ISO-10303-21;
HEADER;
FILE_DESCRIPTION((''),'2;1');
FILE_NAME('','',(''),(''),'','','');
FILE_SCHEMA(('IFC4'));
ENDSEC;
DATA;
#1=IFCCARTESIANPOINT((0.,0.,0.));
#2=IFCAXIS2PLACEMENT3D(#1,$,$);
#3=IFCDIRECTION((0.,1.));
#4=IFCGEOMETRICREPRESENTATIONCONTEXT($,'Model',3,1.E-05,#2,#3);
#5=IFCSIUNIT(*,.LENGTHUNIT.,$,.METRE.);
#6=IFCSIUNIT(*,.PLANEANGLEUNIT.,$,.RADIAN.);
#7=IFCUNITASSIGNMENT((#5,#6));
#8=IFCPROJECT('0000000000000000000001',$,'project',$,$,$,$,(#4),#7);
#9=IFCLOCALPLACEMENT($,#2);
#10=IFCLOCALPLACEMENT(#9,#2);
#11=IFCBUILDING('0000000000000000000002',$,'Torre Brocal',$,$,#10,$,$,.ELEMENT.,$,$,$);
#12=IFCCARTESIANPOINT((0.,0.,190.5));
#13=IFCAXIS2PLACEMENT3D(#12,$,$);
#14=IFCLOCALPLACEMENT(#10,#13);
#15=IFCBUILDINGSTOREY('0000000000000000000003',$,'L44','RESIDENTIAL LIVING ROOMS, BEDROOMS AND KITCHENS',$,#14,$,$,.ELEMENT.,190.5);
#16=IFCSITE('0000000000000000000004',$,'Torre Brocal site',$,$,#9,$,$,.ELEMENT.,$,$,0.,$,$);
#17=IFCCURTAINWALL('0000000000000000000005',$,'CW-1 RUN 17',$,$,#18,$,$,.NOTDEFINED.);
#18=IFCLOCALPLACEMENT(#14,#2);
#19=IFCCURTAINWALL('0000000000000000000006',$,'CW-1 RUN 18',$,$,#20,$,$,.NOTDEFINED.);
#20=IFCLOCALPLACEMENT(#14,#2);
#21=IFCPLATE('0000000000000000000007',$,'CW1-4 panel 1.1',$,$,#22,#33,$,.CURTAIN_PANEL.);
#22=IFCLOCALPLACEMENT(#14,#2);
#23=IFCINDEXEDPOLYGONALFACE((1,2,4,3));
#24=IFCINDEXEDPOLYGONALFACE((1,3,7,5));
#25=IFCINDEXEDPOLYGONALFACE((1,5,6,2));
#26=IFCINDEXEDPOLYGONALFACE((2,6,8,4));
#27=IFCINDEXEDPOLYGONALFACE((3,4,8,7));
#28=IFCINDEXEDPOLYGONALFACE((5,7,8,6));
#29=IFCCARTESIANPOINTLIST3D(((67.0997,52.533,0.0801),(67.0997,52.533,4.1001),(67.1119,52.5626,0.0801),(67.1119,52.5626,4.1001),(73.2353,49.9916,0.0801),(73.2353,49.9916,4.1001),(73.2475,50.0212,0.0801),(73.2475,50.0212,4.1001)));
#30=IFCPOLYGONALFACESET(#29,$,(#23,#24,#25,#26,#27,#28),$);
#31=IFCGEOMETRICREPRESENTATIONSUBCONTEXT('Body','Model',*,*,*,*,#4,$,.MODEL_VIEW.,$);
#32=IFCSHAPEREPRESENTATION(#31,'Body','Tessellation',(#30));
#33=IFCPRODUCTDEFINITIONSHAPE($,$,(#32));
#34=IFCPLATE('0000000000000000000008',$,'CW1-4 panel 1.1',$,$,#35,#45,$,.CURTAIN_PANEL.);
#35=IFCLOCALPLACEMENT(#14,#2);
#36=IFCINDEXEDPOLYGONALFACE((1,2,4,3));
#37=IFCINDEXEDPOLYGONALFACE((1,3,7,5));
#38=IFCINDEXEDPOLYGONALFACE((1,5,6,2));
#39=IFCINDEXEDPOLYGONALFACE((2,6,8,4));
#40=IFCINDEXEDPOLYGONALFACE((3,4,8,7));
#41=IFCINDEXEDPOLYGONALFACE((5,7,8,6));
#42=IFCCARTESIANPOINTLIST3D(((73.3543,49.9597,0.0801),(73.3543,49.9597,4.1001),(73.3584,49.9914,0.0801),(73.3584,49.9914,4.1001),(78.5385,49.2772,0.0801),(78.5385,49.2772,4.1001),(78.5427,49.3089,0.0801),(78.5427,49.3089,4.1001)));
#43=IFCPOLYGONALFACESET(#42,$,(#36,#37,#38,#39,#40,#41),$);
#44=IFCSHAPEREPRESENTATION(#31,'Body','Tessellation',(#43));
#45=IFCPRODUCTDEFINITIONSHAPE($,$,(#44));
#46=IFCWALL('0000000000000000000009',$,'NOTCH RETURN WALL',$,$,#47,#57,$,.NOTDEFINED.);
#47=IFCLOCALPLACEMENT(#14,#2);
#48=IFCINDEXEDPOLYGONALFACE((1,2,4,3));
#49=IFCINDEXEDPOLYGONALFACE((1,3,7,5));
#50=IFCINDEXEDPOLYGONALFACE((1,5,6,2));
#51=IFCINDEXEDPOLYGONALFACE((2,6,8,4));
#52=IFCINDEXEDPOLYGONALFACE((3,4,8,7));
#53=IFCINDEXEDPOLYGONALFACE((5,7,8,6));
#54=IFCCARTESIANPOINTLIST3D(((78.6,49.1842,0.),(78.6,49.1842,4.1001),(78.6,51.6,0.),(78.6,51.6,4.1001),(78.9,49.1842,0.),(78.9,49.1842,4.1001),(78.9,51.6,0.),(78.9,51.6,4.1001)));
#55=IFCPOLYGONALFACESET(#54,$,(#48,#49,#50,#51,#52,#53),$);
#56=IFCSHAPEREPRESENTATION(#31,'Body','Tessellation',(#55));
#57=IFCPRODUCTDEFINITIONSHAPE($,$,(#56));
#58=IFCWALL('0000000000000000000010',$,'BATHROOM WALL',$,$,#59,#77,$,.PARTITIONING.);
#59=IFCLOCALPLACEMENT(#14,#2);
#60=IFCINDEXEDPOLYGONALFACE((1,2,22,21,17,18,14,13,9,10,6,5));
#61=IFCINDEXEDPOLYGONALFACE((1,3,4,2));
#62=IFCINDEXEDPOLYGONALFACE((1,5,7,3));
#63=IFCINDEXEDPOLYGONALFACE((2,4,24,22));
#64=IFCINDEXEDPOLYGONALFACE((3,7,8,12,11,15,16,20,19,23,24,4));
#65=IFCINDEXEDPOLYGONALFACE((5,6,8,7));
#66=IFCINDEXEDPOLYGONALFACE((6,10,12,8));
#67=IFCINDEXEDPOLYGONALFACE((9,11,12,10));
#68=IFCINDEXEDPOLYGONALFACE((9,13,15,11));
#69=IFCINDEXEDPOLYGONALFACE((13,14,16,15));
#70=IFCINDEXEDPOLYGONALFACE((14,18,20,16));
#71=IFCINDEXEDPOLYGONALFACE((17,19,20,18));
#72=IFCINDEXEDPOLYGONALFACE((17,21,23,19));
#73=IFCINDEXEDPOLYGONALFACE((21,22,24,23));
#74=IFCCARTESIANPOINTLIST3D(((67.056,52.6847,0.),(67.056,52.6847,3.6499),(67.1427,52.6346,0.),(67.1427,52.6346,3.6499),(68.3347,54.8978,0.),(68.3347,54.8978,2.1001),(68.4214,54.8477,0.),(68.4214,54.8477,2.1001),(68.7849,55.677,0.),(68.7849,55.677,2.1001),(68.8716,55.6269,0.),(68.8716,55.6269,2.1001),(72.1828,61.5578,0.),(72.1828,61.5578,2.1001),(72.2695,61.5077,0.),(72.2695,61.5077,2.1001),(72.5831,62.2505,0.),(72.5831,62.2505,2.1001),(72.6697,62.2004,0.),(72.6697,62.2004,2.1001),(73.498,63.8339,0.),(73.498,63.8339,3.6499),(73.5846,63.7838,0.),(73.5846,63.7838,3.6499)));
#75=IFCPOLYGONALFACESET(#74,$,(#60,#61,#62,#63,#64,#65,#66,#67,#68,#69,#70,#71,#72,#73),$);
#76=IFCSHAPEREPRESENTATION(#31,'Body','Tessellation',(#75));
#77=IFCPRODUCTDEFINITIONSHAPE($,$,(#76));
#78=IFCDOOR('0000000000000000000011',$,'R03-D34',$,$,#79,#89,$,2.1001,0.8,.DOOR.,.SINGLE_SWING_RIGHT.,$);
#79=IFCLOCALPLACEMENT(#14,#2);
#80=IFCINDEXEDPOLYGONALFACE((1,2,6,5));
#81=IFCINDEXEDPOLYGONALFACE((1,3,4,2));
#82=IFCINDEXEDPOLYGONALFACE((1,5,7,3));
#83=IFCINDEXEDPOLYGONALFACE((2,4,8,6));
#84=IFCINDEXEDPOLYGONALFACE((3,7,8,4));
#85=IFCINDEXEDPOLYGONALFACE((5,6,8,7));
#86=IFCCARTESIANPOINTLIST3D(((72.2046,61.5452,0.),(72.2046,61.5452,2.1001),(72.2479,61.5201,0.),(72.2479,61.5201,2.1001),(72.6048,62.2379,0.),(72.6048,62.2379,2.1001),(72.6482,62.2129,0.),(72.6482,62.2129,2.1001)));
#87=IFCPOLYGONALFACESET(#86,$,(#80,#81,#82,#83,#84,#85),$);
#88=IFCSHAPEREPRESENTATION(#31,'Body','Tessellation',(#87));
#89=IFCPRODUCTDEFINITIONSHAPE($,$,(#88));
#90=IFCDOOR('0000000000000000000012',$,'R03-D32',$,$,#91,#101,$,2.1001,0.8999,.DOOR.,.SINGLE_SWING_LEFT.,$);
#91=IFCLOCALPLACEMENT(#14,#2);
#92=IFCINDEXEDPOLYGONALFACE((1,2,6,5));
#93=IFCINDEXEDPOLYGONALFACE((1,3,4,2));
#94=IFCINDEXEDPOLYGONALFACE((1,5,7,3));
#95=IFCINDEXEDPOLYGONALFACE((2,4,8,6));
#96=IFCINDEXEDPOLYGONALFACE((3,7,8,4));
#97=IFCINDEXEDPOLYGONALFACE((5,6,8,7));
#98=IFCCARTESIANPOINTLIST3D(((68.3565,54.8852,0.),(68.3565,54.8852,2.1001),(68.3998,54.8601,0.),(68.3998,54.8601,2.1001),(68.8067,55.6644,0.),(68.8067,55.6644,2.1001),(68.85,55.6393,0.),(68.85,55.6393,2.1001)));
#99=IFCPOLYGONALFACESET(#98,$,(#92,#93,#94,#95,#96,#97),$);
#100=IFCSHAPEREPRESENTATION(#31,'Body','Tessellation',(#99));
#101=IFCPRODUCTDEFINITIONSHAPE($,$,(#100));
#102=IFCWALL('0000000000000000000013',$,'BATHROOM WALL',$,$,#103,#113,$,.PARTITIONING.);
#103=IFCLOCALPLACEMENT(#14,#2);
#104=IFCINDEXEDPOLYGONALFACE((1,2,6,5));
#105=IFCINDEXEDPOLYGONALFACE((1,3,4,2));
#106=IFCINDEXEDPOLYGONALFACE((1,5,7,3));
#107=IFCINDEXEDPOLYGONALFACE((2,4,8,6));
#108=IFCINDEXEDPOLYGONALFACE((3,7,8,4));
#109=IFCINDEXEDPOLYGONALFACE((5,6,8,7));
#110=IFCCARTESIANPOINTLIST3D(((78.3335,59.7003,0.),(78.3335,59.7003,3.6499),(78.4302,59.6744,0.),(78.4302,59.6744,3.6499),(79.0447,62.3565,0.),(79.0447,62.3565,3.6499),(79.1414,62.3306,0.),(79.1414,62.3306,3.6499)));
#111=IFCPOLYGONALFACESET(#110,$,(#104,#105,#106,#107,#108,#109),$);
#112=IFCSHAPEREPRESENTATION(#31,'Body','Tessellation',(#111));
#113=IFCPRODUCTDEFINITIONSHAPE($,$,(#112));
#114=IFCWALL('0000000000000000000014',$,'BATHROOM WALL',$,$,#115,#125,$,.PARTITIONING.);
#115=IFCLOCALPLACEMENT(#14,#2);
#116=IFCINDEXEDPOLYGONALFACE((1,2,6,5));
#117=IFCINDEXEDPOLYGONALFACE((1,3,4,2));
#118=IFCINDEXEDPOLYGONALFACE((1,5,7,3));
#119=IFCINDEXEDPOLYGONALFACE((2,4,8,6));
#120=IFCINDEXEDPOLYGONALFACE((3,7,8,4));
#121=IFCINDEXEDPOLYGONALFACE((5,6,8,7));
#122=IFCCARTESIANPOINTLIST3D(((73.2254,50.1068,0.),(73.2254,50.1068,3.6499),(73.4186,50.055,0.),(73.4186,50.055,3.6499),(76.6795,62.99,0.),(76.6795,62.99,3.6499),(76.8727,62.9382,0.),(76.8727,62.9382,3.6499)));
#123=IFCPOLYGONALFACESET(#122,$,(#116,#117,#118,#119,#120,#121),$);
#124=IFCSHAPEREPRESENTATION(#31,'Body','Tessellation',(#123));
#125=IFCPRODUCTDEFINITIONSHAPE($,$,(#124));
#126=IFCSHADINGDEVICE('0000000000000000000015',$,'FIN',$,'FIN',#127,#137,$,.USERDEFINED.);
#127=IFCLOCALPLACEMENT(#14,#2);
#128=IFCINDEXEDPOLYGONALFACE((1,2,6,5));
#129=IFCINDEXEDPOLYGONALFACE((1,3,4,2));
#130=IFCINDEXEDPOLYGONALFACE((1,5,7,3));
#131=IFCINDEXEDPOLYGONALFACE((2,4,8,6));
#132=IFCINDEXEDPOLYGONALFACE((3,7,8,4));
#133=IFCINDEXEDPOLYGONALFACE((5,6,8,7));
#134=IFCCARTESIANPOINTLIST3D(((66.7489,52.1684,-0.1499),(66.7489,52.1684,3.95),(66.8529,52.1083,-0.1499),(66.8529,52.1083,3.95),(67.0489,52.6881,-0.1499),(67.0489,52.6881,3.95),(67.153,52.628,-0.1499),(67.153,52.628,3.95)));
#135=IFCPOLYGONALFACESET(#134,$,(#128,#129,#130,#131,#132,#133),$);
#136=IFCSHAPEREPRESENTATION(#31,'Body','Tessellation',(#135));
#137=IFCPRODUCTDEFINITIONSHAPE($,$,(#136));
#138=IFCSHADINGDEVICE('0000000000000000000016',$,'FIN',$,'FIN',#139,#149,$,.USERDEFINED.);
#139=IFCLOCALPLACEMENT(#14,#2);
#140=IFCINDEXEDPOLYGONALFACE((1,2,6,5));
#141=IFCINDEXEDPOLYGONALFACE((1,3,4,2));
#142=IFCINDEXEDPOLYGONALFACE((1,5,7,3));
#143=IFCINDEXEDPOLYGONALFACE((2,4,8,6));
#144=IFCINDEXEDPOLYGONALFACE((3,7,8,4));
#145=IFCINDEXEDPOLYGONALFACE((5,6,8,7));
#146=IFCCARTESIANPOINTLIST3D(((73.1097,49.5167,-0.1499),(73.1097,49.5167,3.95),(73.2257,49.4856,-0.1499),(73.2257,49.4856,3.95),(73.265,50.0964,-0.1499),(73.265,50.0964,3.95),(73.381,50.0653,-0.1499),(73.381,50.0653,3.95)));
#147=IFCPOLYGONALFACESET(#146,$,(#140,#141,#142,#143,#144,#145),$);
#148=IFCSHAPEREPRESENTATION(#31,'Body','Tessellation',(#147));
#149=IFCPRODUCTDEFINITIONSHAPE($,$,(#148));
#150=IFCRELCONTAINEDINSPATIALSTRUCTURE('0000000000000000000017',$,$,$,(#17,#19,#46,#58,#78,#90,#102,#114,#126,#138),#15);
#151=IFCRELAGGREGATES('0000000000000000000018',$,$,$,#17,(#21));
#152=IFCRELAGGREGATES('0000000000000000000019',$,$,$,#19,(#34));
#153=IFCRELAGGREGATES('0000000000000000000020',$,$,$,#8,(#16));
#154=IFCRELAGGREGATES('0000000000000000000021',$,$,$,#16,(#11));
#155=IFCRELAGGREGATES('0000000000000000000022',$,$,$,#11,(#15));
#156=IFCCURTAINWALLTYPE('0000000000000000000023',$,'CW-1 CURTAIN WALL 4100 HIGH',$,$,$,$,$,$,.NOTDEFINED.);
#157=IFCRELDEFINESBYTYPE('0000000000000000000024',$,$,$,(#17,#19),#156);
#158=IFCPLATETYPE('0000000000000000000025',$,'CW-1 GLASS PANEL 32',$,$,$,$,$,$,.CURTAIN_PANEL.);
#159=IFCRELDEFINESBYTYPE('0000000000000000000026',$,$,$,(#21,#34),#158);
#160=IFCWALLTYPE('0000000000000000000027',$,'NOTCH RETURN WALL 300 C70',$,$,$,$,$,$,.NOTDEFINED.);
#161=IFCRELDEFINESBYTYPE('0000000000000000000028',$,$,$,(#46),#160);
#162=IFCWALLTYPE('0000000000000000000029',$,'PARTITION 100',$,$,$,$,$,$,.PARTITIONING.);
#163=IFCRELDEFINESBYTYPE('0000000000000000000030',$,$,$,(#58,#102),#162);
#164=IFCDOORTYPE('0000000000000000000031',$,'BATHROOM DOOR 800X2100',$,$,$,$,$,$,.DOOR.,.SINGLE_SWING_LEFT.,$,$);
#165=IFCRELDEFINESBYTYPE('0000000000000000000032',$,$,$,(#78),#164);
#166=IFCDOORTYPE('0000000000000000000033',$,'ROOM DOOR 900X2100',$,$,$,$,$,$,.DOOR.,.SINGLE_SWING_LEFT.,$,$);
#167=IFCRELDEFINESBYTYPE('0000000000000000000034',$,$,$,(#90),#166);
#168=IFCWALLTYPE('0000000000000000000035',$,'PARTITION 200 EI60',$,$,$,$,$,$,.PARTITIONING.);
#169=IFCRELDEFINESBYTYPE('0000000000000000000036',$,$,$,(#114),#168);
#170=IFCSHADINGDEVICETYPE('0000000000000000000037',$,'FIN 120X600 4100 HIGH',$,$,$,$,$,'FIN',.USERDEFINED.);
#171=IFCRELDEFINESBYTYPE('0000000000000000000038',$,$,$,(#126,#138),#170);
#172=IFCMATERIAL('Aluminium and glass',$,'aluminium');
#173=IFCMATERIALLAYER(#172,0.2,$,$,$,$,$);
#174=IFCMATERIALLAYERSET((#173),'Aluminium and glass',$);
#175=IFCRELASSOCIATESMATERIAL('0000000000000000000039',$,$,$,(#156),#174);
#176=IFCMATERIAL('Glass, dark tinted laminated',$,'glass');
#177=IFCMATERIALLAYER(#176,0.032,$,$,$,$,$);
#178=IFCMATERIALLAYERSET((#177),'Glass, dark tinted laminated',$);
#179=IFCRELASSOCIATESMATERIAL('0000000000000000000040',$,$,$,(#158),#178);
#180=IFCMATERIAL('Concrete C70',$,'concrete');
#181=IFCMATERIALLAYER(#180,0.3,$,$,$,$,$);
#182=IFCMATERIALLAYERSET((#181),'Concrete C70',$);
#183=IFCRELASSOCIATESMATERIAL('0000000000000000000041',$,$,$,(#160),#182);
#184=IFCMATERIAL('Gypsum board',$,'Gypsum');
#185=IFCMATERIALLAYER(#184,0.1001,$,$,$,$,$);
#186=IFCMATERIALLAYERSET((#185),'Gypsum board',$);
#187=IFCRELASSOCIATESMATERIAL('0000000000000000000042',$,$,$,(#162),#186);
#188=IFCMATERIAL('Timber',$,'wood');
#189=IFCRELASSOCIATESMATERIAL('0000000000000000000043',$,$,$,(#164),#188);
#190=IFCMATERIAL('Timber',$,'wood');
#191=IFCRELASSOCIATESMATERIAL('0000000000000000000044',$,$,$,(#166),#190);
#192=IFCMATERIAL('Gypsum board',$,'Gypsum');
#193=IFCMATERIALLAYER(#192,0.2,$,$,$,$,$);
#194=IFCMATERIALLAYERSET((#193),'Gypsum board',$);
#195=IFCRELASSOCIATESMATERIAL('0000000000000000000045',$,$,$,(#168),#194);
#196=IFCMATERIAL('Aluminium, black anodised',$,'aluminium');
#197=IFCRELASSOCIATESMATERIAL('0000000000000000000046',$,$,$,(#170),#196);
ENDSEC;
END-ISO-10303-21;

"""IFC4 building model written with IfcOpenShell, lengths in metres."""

from ifc_helpers import new_model, si_unit, direction, frame, frame_2d, origin, origin_2d, place, context, subcontext, project, spatial, rectangle, extrude, material, layer, layer_set, material_profile, profile_set, type_object, element, fill, aggregate, save


model = new_model("IFC4")

# Units and contexts
model_context = context("Model", 3, precision=1e-05, world=origin(), true_north=direction((0.0, 1.0)))
body_context = subcontext(model_context, "Body", "Model", "MODEL_VIEW")
ifc_project = project(units=[si_unit("LENGTHUNIT", "METRE"), si_unit("PLANEANGLEUNIT", "RADIAN")], contexts=[model_context])

# Site, building, storey
site_placement = place(None, origin())
site = spatial("IfcSite", under=ifc_project, at=site_placement, Name="Torre Brocal site", CompositionType="ELEMENT", RefElevation=0.0)
building_placement = place(site_placement, origin())
building = spatial("IfcBuilding", under=site, at=building_placement, Name="Torre Brocal", CompositionType="ELEMENT")
storey_placement = place(building_placement, frame((0.0, 0.0, 190.5)))
storey = spatial("IfcBuildingStorey", under=building, at=storey_placement, Name="L44", Description="RESIDENTIAL LIVING ROOMS, BEDROOMS AND KITCHENS", CompositionType="ELEMENT", Elevation=190.5)

# Shared definitions
ifc_material_1 = material(Name="Aluminium and glass", Category="aluminium")
ifc_layer_1 = layer(ifc_material_1, 0.2)
ifc_layer_set_1 = layer_set([ifc_layer_1], Name="Aluminium and glass")
curtain_wall_type = type_object("IfcCurtainWallType", Name="CW-1 CURTAIN WALL 4100 HIGH", PredefinedType="NOTDEFINED", material=ifc_layer_set_1)

# Curtain walls
curtain_wall_1_placement = place(storey_placement, origin())
curtain_wall_1 = element("IfcCurtainWall", 1, at=curtain_wall_1_placement, inside=storey, type_object=curtain_wall_type, Name="CW-1 RUN 17", PredefinedType="NOTDEFINED")
curtain_wall_2_placement = place(storey_placement, origin())
curtain_wall_2 = element("IfcCurtainWall", 2, at=curtain_wall_2_placement, inside=storey, type_object=curtain_wall_type, Name="CW-1 RUN 18", PredefinedType="NOTDEFINED")

# Plates
ifc_material_2 = material(Name="Glass, dark tinted laminated", Category="glass")
ifc_layer_2 = layer(ifc_material_2, 0.032)
ifc_layer_set_2 = layer_set([ifc_layer_2], Name="Glass, dark tinted laminated")
plate_type = type_object("IfcPlateType", Name="CW-1 GLASS PANEL 32", PredefinedType="CURTAIN_PANEL", material=ifc_layer_set_2)
plate_1_placement = place(storey_placement, frame((70.1736, 51.2771, 0.0801), z_axis=(0.0, 0.0, 1.0), x_axis=(0.92388, -0.382683, 0.0)))
plate_1 = element("IfcPlate", 3, at=plate_1_placement, type_object=plate_type, Name="CW1-4 panel 1.1", PredefinedType="CURTAIN_PANEL", context=body_context, shape_type="SweptSolid", body=[
    extrude(rectangle(XDim=6.6411, YDim=0.032, at=origin_2d()), origin(), (0.0, 0.0, 1.0), 4.02),
])
aggregate(curtain_wall_1, [plate_1])
plate_2_placement = place(storey_placement, frame((75.9485, 49.6343, 0.0801), z_axis=(0.0, 0.0, 1.0), x_axis=(0.991445, -0.130526, 0.0)))
plate_2 = element("IfcPlate", 4, at=plate_2_placement, type_object=plate_type, Name="CW1-4 panel 1.1", PredefinedType="CURTAIN_PANEL", context=body_context, shape_type="SweptSolid", body=[
    extrude(rectangle(XDim=5.229, YDim=0.032, at=origin_2d()), origin(), (0.0, 0.0, 1.0), 4.02),
])
aggregate(curtain_wall_2, [plate_2])

# Wall
ifc_material_3 = material(Name="Concrete C70", Category="concrete")
ifc_layer_3 = layer(ifc_material_3, 0.3)
ifc_layer_set_3 = layer_set([ifc_layer_3], Name="Concrete C70")
wall_type_1 = type_object("IfcWallType", Name="NOTCH RETURN WALL 300 C70", PredefinedType="NOTDEFINED", material=ifc_layer_set_3)
wall_1_placement = place(storey_placement, frame((78.75, 51.6001, 0.0), z_axis=(0.0, 0.0, 1.0), x_axis=(0.0, -1.0, 0.0)))
element("IfcWall", 5, at=wall_1_placement, inside=storey, type_object=wall_type_1, Name="NOTCH RETURN WALL", PredefinedType="NOTDEFINED", context=body_context, shape_type="SweptSolid", body=[
    extrude(rectangle(XDim=2.4158, YDim=0.3, at=frame_2d((1.208, 0.0))), origin(), (0.0, 0.0, 1.0), 4.1001),
])

# Wall, openings, doors
ifc_material_4 = material(Name="Gypsum board", Category="Gypsum")
ifc_layer_4 = layer(ifc_material_4, 0.1001)
ifc_layer_set_4 = layer_set([ifc_layer_4], Name="Gypsum board")
wall_type_2 = type_object("IfcWallType", Name="PARTITION 100", PredefinedType="PARTITIONING", material=ifc_layer_set_4)
wall_2_placement = place(storey_placement, frame((67.0994, 52.6597, 0.0), z_axis=(0.0, 0.0, 1.0), x_axis=(0.500286, 0.86586, 0.0)))
wall_2 = element("IfcWall", 6, at=wall_2_placement, inside=storey, type_object=wall_type_2, Name="BATHROOM WALL", PredefinedType="PARTITIONING", context=body_context, shape_type="SweptSolid", body=[
    extrude(rectangle(XDim=12.8765, YDim=0.1001, at=frame_2d((6.4382, 0.0))), origin(), (0.0, 0.0, 1.0), 3.6499),
])
opening_1_placement = place(wall_2_placement, frame((2.5559, 0.0, 0.0)))
opening_1 = element("IfcOpeningElement", 7, at=opening_1_placement, cuts=wall_2, PredefinedType="OPENING", context=body_context, shape_type="SweptSolid", body=[
    extrude(rectangle(XDim=0.8999, YDim=2.1001, at=frame_2d((0.45, 1.05))), frame((0.0, 0.0601, 0.0), z_axis=(0.0, -1.0, 0.0), x_axis=(1.0, 0.0, 0.0)), (0.0, 0.0, 1.0), 0.1201),
])
opening_2_placement = place(wall_2_placement, frame((10.2478, 0.0, 0.0)))
opening_2 = element("IfcOpeningElement", 8, at=opening_2_placement, cuts=wall_2, PredefinedType="OPENING", context=body_context, shape_type="SweptSolid", body=[
    extrude(rectangle(XDim=0.8, YDim=2.1001, at=frame_2d((0.3999, 1.05))), frame((0.0, 0.0601, 0.0), z_axis=(0.0, -1.0, 0.0), x_axis=(1.0, 0.0, 0.0)), (0.0, 0.0, 1.0), 0.1201),
])
ifc_material_5 = material(Name="Timber", Category="wood")
door_type_1 = type_object("IfcDoorType", Name="BATHROOM DOOR 800X2100", OperationType="SINGLE_SWING_LEFT", PredefinedType="DOOR", material=ifc_material_5)
door_1_placement = place(opening_2_placement, origin())
door_1 = element("IfcDoor", 9, at=door_1_placement, inside=storey, type_object=door_type_1, Name="R03-D34", OperationType="SINGLE_SWING_RIGHT", OverallHeight=2.1001, OverallWidth=0.8, PredefinedType="DOOR", context=body_context, shape_type="SweptSolid", body=[
    extrude(rectangle(XDim=0.8, YDim=2.1001, at=frame_2d((0.3999, 1.05))), frame((0.0, 0.0249, 0.0), z_axis=(0.0, -1.0, 0.0), x_axis=(1.0, 0.0, 0.0)), (0.0, 0.0, 1.0), 0.05),
])
fill(opening_2, door_1)
ifc_material_6 = material(Name="Timber", Category="wood")
door_type_2 = type_object("IfcDoorType", Name="ROOM DOOR 900X2100", OperationType="SINGLE_SWING_LEFT", PredefinedType="DOOR", material=ifc_material_6)
door_2_placement = place(opening_1_placement, origin())
door_2 = element("IfcDoor", 10, at=door_2_placement, inside=storey, type_object=door_type_2, Name="R03-D32", OperationType="SINGLE_SWING_LEFT", OverallHeight=2.1001, OverallWidth=0.8999, PredefinedType="DOOR", context=body_context, shape_type="SweptSolid", body=[
    extrude(rectangle(XDim=0.8999, YDim=2.1001, at=frame_2d((0.45, 1.05))), frame((0.0, 0.0249, 0.0), z_axis=(0.0, -1.0, 0.0), x_axis=(1.0, 0.0, 0.0)), (0.0, 0.0, 1.0), 0.05),
])
fill(opening_1, door_2)

# Walls
wall_3_placement = place(storey_placement, frame((78.3818, 59.6873, 0.0), z_axis=(0.0, 0.0, 1.0), x_axis=(0.25863, 0.965977, 0.0)))
element("IfcWall", 11, at=wall_3_placement, inside=storey, type_object=wall_type_2, Name="BATHROOM WALL", PredefinedType="PARTITIONING", context=body_context, shape_type="SweptSolid", body=[
    extrude(rectangle(XDim=2.7498, YDim=0.1001, at=frame_2d((1.375, 0.0))), origin(), (0.0, 0.0, 1.0), 3.6499),
])
ifc_material_7 = material(Name="Gypsum board", Category="Gypsum")
ifc_layer_5 = layer(ifc_material_7, 0.2)
ifc_layer_set_5 = layer_set([ifc_layer_5], Name="Gypsum board")
wall_type_3 = type_object("IfcWallType", Name="PARTITION 200 EI60", PredefinedType="PARTITIONING", material=ifc_layer_set_5)
wall_4_placement = place(storey_placement, frame((73.322, 50.0811, 0.0), z_axis=(0.0, 0.0, 1.0), x_axis=(0.258966, 0.965887, 0.0)))
element("IfcWall", 12, at=wall_4_placement, inside=storey, type_object=wall_type_3, Name="BATHROOM WALL", PredefinedType="PARTITIONING", context=body_context, shape_type="SweptSolid", body=[
    extrude(rectangle(XDim=13.3381, YDim=0.2, at=frame_2d((6.6689, 0.0))), origin(), (0.0, 0.0, 1.0), 3.6499),
])

# Shading devices
ifc_material_8 = material(Name="Aluminium, black anodised", Category="aluminium")
ifc_material_profile_1 = material_profile(ifc_material_8, rectangle(XDim=0.1201, YDim=0.6001, at=origin_2d()), Name="FIN 120X600 4100 HIGH")
ifc_profile_set_1 = profile_set([ifc_material_profile_1], Name="Aluminium, black anodised")
shading_device_type = type_object("IfcShadingDeviceType", Name="FIN 120X600 4100 HIGH", ElementType="FIN", PredefinedType="USERDEFINED", material=ifc_profile_set_1)
for number, where, z_axis, x_axis, name in (
    (13, (66.9509, 52.3982, -0.1499), (0.0, 0.0, 1.0), (0.866025, -0.5, 0.0), "FIN"),
    (14, (73.2454, 49.791, -0.1499), (0.0, 0.0, 1.0), (0.965926, -0.258819, 0.0), "FIN"),
):
    element("IfcShadingDevice", number, at=place(storey_placement, frame(where, z_axis=z_axis, x_axis=x_axis)), inside=storey, type_object=shading_device_type, Name=name, ObjectType="FIN", PredefinedType="USERDEFINED", context=body_context, shape_type="SweptSolid", body=[
        extrude(rectangle(XDim=0.1201, YDim=0.6001, at=origin_2d()), origin(), (0.0, 0.0, 1.0), 4.0999),
    ])

save(model, "model.ifc")
